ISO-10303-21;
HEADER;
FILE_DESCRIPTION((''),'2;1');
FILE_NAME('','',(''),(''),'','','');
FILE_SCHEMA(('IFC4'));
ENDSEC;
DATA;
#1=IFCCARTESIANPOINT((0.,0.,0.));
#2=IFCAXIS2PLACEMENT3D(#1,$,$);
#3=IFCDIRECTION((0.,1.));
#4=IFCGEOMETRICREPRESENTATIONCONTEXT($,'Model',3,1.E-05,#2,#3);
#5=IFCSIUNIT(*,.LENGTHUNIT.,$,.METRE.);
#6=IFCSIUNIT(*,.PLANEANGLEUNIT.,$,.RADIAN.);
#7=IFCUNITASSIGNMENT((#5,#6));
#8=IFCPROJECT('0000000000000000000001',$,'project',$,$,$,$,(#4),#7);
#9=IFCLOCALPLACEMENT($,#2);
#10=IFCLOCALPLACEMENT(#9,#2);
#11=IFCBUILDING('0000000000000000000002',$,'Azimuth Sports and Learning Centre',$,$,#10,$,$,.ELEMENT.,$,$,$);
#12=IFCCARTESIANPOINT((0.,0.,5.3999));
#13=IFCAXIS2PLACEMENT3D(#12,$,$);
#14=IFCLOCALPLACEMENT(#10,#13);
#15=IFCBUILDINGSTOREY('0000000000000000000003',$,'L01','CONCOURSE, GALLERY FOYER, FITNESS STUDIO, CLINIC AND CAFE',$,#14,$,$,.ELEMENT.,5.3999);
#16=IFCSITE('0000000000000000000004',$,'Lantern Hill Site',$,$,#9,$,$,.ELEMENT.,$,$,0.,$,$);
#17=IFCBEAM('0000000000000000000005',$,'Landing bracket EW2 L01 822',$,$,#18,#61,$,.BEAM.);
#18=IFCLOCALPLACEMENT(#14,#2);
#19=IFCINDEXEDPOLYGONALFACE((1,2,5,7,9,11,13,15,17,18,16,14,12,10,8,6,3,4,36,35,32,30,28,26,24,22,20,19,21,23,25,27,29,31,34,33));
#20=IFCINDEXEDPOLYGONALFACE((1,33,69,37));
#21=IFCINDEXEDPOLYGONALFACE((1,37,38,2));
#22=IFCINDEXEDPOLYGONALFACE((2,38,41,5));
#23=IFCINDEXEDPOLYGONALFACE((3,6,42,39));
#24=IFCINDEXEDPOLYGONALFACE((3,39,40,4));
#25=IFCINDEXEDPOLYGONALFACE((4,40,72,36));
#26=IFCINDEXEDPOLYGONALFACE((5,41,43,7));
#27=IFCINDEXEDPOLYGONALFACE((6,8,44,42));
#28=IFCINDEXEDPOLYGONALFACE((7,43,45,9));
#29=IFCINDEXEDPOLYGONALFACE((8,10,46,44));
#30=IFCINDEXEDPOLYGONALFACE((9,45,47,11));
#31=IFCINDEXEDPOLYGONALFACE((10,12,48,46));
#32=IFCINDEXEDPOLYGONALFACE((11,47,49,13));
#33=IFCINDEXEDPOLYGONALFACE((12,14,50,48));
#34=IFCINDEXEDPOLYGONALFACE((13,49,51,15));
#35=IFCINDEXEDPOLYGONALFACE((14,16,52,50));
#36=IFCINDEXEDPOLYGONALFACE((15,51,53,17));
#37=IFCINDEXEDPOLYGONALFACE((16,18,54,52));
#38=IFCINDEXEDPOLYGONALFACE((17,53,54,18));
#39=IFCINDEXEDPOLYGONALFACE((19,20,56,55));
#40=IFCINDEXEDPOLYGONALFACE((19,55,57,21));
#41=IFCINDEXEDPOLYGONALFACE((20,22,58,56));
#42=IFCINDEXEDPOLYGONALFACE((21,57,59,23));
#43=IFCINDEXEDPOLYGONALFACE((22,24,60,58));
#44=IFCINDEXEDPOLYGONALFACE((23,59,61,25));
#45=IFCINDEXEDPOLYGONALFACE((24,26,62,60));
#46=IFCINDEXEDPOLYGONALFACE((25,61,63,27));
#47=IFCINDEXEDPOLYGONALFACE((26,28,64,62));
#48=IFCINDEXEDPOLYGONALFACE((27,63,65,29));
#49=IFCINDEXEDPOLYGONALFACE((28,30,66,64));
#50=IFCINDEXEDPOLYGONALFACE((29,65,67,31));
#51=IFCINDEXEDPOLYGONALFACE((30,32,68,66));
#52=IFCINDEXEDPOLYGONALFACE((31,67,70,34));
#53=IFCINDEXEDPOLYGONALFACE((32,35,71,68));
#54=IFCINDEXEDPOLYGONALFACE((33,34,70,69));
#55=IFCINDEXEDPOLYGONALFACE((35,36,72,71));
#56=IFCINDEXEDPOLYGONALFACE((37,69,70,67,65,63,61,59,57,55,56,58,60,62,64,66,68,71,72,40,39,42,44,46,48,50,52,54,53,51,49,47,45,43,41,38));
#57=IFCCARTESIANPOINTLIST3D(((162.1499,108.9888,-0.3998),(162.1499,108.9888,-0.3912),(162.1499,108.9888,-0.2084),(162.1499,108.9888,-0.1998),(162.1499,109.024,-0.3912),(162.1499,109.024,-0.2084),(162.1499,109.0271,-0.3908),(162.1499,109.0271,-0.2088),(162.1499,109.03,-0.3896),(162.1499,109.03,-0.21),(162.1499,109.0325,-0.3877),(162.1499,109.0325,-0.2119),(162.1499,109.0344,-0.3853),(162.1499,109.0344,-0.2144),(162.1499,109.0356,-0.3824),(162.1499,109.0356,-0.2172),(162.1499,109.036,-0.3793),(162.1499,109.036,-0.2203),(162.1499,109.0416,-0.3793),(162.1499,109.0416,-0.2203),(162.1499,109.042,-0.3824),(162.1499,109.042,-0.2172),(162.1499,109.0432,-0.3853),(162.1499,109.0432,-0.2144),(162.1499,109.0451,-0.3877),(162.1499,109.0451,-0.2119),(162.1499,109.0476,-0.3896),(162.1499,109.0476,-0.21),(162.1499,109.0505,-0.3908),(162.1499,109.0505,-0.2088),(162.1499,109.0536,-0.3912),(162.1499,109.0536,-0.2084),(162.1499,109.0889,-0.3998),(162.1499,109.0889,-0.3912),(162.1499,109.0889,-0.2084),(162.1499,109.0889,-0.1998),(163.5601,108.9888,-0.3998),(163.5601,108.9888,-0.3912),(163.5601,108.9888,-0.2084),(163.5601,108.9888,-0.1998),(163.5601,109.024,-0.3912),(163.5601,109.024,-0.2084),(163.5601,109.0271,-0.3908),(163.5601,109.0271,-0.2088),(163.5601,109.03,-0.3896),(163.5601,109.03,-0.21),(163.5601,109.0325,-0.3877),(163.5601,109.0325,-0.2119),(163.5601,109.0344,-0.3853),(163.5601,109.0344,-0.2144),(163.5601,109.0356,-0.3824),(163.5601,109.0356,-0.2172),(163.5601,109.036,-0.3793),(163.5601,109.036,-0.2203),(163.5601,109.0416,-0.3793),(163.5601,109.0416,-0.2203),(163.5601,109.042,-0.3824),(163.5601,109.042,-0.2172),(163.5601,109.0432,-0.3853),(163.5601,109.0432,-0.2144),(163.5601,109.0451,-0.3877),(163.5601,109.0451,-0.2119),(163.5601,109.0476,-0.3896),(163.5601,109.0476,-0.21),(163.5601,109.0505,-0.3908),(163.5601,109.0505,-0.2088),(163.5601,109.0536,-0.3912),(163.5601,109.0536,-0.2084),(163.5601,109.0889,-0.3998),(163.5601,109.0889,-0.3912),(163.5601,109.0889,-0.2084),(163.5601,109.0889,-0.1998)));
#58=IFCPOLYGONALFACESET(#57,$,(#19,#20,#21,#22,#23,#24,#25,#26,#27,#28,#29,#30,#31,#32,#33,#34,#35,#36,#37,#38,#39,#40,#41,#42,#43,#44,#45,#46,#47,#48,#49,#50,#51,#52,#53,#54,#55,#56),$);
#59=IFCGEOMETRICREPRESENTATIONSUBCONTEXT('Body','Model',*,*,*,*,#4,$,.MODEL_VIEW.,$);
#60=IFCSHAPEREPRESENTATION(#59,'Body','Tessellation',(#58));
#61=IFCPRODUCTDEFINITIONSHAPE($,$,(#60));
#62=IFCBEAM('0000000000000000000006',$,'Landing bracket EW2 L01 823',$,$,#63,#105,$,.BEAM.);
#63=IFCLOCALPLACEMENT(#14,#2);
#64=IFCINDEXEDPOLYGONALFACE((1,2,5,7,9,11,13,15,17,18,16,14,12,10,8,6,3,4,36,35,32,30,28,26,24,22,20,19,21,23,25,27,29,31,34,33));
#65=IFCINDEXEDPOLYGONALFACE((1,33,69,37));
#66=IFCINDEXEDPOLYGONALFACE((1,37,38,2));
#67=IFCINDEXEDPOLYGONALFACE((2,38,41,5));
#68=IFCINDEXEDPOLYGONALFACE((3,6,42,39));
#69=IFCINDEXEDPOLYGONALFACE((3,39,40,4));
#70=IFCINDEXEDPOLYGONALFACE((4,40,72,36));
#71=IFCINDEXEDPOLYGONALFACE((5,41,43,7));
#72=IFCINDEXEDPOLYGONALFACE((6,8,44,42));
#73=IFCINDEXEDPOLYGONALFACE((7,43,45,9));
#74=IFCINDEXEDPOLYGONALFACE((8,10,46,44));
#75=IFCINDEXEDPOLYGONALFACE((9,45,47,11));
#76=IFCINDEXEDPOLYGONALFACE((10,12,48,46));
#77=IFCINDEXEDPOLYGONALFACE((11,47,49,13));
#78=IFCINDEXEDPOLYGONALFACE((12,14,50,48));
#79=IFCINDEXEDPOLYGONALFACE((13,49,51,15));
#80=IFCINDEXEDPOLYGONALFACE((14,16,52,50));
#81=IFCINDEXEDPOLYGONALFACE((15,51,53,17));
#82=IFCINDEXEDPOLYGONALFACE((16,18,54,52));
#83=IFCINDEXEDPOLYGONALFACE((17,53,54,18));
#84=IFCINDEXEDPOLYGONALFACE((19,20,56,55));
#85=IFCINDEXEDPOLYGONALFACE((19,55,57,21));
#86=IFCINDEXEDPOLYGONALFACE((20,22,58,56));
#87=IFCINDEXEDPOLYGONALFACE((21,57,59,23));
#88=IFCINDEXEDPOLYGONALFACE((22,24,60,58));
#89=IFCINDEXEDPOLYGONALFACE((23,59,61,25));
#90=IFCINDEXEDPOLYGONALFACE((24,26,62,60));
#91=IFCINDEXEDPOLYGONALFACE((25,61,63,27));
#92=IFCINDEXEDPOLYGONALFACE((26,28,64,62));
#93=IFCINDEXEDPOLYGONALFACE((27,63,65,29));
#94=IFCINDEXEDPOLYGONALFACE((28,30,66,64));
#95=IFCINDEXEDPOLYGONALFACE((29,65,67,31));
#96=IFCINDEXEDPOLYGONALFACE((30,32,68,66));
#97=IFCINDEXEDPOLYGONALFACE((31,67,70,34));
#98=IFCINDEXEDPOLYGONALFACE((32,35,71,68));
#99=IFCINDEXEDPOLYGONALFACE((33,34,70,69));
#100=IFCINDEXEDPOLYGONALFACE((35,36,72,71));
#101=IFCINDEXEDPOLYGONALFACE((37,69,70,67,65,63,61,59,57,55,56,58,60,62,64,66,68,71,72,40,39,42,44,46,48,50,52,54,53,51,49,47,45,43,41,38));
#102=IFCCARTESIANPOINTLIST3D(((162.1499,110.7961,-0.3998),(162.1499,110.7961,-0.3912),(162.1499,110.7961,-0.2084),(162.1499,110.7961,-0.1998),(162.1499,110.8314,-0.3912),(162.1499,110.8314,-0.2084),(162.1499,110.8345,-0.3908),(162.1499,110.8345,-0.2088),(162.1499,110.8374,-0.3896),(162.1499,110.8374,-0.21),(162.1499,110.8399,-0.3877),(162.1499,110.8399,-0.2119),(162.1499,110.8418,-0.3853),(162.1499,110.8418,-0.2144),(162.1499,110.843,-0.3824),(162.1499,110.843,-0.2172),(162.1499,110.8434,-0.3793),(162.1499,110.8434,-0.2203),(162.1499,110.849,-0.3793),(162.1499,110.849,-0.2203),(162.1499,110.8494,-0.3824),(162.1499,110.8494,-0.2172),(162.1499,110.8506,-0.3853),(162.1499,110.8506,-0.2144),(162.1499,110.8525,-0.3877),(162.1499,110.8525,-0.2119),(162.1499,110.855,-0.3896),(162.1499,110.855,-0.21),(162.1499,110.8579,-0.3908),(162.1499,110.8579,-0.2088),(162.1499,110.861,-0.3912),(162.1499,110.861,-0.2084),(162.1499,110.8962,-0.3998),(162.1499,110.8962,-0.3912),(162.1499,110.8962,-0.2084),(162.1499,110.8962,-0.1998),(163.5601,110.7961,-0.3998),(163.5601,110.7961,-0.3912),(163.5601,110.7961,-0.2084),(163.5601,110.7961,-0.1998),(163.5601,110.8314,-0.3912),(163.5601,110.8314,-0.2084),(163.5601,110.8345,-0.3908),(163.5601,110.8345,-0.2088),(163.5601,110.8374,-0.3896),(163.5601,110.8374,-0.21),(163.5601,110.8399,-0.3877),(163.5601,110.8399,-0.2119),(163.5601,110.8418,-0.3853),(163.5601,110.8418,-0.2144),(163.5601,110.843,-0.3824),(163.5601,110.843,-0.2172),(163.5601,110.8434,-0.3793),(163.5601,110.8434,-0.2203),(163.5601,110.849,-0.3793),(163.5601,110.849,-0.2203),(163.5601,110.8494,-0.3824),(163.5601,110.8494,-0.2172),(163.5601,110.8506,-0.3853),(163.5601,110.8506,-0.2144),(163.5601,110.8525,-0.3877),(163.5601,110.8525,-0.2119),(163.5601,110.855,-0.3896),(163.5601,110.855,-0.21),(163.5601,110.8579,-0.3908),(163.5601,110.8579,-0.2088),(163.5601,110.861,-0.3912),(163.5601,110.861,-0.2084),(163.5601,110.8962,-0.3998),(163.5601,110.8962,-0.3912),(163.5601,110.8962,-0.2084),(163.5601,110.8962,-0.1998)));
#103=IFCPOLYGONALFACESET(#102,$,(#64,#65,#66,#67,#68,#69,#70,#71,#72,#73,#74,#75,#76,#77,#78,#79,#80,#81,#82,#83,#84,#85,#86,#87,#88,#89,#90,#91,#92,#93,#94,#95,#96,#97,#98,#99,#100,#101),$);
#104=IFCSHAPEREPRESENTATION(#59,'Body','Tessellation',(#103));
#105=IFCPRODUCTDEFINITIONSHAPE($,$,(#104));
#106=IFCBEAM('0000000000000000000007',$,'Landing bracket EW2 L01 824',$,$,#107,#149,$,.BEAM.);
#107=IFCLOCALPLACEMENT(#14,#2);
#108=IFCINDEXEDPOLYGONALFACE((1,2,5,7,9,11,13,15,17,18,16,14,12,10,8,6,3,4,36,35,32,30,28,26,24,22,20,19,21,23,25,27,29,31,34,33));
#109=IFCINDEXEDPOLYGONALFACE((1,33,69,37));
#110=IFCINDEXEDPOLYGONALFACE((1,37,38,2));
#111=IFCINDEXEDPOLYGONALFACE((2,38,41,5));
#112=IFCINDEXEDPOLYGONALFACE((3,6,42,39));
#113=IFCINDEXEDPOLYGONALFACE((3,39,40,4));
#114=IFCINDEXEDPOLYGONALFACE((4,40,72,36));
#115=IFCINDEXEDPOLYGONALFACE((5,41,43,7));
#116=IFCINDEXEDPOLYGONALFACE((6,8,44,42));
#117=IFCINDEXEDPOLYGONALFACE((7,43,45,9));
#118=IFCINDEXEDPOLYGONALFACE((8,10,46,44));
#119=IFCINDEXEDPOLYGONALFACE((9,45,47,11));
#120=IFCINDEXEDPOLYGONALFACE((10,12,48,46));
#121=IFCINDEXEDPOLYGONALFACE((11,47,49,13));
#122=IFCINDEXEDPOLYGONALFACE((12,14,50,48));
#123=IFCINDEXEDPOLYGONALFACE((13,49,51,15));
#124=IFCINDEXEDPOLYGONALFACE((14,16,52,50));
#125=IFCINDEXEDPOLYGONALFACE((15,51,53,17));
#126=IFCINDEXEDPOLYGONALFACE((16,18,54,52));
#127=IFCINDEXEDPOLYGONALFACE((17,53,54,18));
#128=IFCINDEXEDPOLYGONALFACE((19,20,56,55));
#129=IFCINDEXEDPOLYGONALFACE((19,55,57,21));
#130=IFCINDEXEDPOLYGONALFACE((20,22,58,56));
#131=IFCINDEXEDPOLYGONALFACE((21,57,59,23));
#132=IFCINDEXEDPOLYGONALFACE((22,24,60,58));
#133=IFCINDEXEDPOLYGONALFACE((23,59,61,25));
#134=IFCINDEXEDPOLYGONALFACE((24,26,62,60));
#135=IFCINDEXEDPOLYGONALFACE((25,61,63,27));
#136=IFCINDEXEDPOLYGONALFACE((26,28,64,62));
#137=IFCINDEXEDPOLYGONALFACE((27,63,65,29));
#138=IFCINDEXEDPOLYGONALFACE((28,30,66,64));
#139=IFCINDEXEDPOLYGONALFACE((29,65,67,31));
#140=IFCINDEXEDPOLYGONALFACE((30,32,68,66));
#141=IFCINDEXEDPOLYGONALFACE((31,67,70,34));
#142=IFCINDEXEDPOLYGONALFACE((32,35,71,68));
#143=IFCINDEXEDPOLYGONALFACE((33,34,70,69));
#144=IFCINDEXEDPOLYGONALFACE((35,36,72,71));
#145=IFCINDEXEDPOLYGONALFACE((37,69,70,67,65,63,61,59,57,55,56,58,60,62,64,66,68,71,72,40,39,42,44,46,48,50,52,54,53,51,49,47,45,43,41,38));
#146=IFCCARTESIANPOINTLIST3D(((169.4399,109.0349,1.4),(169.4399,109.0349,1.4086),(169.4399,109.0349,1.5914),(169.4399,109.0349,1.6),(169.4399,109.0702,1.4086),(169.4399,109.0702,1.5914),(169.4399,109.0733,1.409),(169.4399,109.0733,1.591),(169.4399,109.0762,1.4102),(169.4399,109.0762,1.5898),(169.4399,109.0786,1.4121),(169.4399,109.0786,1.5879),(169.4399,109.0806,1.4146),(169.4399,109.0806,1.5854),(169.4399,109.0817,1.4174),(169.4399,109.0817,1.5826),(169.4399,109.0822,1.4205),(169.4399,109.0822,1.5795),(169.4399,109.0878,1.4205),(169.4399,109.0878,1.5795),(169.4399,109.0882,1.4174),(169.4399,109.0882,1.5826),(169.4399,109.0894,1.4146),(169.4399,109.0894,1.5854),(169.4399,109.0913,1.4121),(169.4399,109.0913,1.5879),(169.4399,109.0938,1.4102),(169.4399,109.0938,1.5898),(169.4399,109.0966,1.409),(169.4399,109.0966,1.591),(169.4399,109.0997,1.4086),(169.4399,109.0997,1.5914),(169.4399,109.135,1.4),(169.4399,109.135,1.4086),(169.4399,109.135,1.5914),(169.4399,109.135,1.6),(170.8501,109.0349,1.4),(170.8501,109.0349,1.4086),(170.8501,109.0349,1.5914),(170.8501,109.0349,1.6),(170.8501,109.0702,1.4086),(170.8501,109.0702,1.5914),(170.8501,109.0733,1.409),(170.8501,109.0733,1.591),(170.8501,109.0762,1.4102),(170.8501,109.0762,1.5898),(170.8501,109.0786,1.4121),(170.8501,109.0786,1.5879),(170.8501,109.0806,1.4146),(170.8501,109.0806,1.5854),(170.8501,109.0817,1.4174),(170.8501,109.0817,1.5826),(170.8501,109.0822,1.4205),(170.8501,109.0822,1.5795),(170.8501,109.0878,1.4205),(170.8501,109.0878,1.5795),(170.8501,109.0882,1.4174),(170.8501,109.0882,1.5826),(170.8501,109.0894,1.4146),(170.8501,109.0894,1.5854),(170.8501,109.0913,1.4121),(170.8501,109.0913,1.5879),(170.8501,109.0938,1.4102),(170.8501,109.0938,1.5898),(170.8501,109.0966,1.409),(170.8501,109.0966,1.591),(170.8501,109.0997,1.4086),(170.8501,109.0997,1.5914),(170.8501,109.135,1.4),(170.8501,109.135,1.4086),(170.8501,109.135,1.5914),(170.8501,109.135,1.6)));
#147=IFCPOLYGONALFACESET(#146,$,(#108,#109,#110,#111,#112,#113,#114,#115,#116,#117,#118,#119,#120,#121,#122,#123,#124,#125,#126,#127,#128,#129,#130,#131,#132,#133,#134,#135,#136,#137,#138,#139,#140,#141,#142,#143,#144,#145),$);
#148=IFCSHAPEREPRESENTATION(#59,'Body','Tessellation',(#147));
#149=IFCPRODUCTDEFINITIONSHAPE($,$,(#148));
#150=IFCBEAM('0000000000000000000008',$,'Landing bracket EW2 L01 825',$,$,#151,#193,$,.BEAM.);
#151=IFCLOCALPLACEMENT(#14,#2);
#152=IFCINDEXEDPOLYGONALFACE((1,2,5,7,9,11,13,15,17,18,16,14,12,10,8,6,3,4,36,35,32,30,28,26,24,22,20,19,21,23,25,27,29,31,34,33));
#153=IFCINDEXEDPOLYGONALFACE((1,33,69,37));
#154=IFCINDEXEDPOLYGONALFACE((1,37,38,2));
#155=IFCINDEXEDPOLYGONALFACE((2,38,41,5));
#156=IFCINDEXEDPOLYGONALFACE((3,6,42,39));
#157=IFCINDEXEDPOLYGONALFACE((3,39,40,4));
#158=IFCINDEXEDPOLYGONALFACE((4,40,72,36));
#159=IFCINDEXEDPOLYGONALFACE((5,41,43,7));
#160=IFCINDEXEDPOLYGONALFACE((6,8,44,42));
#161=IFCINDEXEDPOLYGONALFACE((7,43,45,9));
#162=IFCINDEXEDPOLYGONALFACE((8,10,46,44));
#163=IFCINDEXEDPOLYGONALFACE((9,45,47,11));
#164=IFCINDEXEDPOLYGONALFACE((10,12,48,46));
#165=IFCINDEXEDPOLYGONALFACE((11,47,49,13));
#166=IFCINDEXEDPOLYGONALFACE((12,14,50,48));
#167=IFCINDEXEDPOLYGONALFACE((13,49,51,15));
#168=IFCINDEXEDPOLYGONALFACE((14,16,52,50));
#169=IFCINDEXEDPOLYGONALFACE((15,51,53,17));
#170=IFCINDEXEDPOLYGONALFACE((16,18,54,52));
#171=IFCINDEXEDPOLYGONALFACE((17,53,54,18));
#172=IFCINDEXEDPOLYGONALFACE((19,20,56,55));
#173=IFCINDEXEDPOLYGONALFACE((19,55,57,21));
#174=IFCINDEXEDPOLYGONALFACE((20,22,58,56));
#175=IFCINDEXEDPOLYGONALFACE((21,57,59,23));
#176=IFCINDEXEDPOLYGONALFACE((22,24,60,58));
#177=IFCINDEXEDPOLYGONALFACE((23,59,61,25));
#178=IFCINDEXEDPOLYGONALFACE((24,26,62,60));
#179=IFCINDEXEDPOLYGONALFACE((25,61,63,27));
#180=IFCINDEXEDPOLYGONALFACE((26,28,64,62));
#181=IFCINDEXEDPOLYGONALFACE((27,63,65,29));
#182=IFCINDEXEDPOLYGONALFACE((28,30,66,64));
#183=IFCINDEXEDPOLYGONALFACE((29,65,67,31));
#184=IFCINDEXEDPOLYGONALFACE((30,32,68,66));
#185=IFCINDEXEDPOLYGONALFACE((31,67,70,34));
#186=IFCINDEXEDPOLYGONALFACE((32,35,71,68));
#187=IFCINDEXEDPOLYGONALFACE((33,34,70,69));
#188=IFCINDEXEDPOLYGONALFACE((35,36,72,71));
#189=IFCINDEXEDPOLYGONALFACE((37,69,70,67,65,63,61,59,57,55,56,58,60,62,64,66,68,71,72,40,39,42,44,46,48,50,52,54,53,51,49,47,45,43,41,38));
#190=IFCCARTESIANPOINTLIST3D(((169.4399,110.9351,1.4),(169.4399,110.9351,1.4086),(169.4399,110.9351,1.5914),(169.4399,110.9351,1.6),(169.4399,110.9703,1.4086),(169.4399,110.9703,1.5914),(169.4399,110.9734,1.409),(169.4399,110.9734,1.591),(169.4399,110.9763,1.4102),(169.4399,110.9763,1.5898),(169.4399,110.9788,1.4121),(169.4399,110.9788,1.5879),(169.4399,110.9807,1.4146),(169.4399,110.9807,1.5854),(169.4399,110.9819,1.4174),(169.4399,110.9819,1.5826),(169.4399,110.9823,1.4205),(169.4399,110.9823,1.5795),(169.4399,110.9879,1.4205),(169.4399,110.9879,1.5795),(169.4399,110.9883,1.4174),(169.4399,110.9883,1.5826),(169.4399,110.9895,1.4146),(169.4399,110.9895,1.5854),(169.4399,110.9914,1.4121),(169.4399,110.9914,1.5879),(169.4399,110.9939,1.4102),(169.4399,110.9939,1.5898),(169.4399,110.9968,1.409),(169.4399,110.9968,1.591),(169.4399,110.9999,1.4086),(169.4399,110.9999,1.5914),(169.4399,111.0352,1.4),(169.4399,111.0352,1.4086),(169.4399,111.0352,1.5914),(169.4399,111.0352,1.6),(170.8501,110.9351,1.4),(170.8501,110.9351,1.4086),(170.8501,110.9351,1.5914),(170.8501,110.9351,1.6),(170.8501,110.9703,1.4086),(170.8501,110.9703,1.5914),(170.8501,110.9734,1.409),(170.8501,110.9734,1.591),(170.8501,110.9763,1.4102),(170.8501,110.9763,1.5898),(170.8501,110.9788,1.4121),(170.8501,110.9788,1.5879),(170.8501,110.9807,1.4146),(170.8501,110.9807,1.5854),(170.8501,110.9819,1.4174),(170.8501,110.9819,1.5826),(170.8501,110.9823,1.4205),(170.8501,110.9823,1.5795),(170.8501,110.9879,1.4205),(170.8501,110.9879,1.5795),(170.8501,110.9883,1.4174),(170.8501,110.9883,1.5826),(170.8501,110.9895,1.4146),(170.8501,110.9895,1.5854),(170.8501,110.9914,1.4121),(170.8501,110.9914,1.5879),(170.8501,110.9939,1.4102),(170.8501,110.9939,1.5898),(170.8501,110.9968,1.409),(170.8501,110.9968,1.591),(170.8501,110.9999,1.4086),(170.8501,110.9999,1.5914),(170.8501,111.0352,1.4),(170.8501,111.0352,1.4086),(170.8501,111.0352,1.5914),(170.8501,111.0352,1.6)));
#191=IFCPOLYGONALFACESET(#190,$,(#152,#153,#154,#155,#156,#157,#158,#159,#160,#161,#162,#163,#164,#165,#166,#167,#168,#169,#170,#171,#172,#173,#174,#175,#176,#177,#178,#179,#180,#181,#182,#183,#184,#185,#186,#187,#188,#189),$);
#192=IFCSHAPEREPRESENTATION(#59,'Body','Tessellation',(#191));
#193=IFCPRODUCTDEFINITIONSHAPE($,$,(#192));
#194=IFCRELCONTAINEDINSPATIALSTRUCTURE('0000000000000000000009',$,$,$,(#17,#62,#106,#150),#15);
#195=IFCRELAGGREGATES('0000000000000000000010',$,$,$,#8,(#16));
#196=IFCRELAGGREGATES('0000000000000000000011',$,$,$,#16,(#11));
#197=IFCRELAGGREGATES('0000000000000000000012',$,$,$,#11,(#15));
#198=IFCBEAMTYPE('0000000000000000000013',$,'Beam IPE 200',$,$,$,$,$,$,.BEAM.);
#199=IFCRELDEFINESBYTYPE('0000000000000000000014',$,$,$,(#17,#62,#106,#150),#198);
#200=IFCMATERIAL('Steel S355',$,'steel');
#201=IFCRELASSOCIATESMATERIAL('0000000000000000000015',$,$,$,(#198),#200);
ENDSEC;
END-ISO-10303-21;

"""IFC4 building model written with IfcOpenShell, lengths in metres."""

from ifc_helpers import new_model, si_unit, direction, frame, origin, origin_2d, place, context, subcontext, project, spatial, i_section, extrude, material, material_profile, profile_set, type_object, element, save


model = new_model("IFC4")

# Units and contexts
model_context = context("Model", 3, precision=1e-05, world=origin(), true_north=direction((0.0, 1.0)))
body_context = subcontext(model_context, "Body", "Model", "MODEL_VIEW")
ifc_project = project(units=[si_unit("LENGTHUNIT", "METRE"), si_unit("PLANEANGLEUNIT", "RADIAN")], contexts=[model_context])

# Site, building, storey
site_placement = place(None, origin())
site = spatial("IfcSite", under=ifc_project, at=site_placement, Name="Lantern Hill Site", CompositionType="ELEMENT", RefElevation=0.0)
building_placement = place(site_placement, origin())
building = spatial("IfcBuilding", under=site, at=building_placement, Name="Azimuth Sports and Learning Centre", CompositionType="ELEMENT")
storey_placement = place(building_placement, frame((0.0, 0.0, 5.3999)))
storey = spatial("IfcBuildingStorey", under=building, at=storey_placement, Name="L01", Description="CONCOURSE, GALLERY FOYER, FITNESS STUDIO, CLINIC AND CAFE", CompositionType="ELEMENT", Elevation=5.3999)

# Beams
ifc_material_1 = material(Name="Steel S355", Category="steel")
ifc_material_profile_1 = material_profile(ifc_material_1, i_section(OverallWidth=0.1001, OverallDepth=0.2, WebThickness=0.0056, FlangeThickness=0.0085, FilletRadius=0.012, at=origin_2d()), Name="IPE 200")
ifc_profile_set_1 = profile_set([ifc_material_profile_1], Name="Steel S355")
beam_type_1 = type_object("IfcBeamType", Name="Beam IPE 200", PredefinedType="BEAM", material=ifc_profile_set_1)
for number, where, z_axis, x_axis, name in (
    (1, (162.1499, 109.0388, -0.2998), (1.0, 0.0, 0.0), (0.0, 1.0, 0.0), "Landing bracket EW2 L01 822"),
    (2, (162.1499, 110.8462, -0.2998), (1.0, 0.0, 0.0), (0.0, 1.0, 0.0), "Landing bracket EW2 L01 823"),
    (3, (170.8501, 109.085, 1.5), (-1.0, 0.0, 0.0), (0.0, -1.0, 0.0), "Landing bracket EW2 L01 824"),
    (4, (170.8501, 110.9851, 1.5), (-1.0, 0.0, 0.0), (0.0, -1.0, 0.0), "Landing bracket EW2 L01 825"),
):
    element("IfcBeam", number, at=place(storey_placement, frame(where, z_axis=z_axis, x_axis=x_axis)), inside=storey, type_object=beam_type_1, Name=name, PredefinedType="BEAM", context=body_context, shape_type="SweptSolid", body=[
        extrude(i_section(OverallWidth=0.1001, OverallDepth=0.2, WebThickness=0.0056, FlangeThickness=0.0085, FilletRadius=0.012, at=origin_2d()), origin(), (0.0, 0.0, 1.0), 1.4102),
    ])

save(model, "model.ifc")
